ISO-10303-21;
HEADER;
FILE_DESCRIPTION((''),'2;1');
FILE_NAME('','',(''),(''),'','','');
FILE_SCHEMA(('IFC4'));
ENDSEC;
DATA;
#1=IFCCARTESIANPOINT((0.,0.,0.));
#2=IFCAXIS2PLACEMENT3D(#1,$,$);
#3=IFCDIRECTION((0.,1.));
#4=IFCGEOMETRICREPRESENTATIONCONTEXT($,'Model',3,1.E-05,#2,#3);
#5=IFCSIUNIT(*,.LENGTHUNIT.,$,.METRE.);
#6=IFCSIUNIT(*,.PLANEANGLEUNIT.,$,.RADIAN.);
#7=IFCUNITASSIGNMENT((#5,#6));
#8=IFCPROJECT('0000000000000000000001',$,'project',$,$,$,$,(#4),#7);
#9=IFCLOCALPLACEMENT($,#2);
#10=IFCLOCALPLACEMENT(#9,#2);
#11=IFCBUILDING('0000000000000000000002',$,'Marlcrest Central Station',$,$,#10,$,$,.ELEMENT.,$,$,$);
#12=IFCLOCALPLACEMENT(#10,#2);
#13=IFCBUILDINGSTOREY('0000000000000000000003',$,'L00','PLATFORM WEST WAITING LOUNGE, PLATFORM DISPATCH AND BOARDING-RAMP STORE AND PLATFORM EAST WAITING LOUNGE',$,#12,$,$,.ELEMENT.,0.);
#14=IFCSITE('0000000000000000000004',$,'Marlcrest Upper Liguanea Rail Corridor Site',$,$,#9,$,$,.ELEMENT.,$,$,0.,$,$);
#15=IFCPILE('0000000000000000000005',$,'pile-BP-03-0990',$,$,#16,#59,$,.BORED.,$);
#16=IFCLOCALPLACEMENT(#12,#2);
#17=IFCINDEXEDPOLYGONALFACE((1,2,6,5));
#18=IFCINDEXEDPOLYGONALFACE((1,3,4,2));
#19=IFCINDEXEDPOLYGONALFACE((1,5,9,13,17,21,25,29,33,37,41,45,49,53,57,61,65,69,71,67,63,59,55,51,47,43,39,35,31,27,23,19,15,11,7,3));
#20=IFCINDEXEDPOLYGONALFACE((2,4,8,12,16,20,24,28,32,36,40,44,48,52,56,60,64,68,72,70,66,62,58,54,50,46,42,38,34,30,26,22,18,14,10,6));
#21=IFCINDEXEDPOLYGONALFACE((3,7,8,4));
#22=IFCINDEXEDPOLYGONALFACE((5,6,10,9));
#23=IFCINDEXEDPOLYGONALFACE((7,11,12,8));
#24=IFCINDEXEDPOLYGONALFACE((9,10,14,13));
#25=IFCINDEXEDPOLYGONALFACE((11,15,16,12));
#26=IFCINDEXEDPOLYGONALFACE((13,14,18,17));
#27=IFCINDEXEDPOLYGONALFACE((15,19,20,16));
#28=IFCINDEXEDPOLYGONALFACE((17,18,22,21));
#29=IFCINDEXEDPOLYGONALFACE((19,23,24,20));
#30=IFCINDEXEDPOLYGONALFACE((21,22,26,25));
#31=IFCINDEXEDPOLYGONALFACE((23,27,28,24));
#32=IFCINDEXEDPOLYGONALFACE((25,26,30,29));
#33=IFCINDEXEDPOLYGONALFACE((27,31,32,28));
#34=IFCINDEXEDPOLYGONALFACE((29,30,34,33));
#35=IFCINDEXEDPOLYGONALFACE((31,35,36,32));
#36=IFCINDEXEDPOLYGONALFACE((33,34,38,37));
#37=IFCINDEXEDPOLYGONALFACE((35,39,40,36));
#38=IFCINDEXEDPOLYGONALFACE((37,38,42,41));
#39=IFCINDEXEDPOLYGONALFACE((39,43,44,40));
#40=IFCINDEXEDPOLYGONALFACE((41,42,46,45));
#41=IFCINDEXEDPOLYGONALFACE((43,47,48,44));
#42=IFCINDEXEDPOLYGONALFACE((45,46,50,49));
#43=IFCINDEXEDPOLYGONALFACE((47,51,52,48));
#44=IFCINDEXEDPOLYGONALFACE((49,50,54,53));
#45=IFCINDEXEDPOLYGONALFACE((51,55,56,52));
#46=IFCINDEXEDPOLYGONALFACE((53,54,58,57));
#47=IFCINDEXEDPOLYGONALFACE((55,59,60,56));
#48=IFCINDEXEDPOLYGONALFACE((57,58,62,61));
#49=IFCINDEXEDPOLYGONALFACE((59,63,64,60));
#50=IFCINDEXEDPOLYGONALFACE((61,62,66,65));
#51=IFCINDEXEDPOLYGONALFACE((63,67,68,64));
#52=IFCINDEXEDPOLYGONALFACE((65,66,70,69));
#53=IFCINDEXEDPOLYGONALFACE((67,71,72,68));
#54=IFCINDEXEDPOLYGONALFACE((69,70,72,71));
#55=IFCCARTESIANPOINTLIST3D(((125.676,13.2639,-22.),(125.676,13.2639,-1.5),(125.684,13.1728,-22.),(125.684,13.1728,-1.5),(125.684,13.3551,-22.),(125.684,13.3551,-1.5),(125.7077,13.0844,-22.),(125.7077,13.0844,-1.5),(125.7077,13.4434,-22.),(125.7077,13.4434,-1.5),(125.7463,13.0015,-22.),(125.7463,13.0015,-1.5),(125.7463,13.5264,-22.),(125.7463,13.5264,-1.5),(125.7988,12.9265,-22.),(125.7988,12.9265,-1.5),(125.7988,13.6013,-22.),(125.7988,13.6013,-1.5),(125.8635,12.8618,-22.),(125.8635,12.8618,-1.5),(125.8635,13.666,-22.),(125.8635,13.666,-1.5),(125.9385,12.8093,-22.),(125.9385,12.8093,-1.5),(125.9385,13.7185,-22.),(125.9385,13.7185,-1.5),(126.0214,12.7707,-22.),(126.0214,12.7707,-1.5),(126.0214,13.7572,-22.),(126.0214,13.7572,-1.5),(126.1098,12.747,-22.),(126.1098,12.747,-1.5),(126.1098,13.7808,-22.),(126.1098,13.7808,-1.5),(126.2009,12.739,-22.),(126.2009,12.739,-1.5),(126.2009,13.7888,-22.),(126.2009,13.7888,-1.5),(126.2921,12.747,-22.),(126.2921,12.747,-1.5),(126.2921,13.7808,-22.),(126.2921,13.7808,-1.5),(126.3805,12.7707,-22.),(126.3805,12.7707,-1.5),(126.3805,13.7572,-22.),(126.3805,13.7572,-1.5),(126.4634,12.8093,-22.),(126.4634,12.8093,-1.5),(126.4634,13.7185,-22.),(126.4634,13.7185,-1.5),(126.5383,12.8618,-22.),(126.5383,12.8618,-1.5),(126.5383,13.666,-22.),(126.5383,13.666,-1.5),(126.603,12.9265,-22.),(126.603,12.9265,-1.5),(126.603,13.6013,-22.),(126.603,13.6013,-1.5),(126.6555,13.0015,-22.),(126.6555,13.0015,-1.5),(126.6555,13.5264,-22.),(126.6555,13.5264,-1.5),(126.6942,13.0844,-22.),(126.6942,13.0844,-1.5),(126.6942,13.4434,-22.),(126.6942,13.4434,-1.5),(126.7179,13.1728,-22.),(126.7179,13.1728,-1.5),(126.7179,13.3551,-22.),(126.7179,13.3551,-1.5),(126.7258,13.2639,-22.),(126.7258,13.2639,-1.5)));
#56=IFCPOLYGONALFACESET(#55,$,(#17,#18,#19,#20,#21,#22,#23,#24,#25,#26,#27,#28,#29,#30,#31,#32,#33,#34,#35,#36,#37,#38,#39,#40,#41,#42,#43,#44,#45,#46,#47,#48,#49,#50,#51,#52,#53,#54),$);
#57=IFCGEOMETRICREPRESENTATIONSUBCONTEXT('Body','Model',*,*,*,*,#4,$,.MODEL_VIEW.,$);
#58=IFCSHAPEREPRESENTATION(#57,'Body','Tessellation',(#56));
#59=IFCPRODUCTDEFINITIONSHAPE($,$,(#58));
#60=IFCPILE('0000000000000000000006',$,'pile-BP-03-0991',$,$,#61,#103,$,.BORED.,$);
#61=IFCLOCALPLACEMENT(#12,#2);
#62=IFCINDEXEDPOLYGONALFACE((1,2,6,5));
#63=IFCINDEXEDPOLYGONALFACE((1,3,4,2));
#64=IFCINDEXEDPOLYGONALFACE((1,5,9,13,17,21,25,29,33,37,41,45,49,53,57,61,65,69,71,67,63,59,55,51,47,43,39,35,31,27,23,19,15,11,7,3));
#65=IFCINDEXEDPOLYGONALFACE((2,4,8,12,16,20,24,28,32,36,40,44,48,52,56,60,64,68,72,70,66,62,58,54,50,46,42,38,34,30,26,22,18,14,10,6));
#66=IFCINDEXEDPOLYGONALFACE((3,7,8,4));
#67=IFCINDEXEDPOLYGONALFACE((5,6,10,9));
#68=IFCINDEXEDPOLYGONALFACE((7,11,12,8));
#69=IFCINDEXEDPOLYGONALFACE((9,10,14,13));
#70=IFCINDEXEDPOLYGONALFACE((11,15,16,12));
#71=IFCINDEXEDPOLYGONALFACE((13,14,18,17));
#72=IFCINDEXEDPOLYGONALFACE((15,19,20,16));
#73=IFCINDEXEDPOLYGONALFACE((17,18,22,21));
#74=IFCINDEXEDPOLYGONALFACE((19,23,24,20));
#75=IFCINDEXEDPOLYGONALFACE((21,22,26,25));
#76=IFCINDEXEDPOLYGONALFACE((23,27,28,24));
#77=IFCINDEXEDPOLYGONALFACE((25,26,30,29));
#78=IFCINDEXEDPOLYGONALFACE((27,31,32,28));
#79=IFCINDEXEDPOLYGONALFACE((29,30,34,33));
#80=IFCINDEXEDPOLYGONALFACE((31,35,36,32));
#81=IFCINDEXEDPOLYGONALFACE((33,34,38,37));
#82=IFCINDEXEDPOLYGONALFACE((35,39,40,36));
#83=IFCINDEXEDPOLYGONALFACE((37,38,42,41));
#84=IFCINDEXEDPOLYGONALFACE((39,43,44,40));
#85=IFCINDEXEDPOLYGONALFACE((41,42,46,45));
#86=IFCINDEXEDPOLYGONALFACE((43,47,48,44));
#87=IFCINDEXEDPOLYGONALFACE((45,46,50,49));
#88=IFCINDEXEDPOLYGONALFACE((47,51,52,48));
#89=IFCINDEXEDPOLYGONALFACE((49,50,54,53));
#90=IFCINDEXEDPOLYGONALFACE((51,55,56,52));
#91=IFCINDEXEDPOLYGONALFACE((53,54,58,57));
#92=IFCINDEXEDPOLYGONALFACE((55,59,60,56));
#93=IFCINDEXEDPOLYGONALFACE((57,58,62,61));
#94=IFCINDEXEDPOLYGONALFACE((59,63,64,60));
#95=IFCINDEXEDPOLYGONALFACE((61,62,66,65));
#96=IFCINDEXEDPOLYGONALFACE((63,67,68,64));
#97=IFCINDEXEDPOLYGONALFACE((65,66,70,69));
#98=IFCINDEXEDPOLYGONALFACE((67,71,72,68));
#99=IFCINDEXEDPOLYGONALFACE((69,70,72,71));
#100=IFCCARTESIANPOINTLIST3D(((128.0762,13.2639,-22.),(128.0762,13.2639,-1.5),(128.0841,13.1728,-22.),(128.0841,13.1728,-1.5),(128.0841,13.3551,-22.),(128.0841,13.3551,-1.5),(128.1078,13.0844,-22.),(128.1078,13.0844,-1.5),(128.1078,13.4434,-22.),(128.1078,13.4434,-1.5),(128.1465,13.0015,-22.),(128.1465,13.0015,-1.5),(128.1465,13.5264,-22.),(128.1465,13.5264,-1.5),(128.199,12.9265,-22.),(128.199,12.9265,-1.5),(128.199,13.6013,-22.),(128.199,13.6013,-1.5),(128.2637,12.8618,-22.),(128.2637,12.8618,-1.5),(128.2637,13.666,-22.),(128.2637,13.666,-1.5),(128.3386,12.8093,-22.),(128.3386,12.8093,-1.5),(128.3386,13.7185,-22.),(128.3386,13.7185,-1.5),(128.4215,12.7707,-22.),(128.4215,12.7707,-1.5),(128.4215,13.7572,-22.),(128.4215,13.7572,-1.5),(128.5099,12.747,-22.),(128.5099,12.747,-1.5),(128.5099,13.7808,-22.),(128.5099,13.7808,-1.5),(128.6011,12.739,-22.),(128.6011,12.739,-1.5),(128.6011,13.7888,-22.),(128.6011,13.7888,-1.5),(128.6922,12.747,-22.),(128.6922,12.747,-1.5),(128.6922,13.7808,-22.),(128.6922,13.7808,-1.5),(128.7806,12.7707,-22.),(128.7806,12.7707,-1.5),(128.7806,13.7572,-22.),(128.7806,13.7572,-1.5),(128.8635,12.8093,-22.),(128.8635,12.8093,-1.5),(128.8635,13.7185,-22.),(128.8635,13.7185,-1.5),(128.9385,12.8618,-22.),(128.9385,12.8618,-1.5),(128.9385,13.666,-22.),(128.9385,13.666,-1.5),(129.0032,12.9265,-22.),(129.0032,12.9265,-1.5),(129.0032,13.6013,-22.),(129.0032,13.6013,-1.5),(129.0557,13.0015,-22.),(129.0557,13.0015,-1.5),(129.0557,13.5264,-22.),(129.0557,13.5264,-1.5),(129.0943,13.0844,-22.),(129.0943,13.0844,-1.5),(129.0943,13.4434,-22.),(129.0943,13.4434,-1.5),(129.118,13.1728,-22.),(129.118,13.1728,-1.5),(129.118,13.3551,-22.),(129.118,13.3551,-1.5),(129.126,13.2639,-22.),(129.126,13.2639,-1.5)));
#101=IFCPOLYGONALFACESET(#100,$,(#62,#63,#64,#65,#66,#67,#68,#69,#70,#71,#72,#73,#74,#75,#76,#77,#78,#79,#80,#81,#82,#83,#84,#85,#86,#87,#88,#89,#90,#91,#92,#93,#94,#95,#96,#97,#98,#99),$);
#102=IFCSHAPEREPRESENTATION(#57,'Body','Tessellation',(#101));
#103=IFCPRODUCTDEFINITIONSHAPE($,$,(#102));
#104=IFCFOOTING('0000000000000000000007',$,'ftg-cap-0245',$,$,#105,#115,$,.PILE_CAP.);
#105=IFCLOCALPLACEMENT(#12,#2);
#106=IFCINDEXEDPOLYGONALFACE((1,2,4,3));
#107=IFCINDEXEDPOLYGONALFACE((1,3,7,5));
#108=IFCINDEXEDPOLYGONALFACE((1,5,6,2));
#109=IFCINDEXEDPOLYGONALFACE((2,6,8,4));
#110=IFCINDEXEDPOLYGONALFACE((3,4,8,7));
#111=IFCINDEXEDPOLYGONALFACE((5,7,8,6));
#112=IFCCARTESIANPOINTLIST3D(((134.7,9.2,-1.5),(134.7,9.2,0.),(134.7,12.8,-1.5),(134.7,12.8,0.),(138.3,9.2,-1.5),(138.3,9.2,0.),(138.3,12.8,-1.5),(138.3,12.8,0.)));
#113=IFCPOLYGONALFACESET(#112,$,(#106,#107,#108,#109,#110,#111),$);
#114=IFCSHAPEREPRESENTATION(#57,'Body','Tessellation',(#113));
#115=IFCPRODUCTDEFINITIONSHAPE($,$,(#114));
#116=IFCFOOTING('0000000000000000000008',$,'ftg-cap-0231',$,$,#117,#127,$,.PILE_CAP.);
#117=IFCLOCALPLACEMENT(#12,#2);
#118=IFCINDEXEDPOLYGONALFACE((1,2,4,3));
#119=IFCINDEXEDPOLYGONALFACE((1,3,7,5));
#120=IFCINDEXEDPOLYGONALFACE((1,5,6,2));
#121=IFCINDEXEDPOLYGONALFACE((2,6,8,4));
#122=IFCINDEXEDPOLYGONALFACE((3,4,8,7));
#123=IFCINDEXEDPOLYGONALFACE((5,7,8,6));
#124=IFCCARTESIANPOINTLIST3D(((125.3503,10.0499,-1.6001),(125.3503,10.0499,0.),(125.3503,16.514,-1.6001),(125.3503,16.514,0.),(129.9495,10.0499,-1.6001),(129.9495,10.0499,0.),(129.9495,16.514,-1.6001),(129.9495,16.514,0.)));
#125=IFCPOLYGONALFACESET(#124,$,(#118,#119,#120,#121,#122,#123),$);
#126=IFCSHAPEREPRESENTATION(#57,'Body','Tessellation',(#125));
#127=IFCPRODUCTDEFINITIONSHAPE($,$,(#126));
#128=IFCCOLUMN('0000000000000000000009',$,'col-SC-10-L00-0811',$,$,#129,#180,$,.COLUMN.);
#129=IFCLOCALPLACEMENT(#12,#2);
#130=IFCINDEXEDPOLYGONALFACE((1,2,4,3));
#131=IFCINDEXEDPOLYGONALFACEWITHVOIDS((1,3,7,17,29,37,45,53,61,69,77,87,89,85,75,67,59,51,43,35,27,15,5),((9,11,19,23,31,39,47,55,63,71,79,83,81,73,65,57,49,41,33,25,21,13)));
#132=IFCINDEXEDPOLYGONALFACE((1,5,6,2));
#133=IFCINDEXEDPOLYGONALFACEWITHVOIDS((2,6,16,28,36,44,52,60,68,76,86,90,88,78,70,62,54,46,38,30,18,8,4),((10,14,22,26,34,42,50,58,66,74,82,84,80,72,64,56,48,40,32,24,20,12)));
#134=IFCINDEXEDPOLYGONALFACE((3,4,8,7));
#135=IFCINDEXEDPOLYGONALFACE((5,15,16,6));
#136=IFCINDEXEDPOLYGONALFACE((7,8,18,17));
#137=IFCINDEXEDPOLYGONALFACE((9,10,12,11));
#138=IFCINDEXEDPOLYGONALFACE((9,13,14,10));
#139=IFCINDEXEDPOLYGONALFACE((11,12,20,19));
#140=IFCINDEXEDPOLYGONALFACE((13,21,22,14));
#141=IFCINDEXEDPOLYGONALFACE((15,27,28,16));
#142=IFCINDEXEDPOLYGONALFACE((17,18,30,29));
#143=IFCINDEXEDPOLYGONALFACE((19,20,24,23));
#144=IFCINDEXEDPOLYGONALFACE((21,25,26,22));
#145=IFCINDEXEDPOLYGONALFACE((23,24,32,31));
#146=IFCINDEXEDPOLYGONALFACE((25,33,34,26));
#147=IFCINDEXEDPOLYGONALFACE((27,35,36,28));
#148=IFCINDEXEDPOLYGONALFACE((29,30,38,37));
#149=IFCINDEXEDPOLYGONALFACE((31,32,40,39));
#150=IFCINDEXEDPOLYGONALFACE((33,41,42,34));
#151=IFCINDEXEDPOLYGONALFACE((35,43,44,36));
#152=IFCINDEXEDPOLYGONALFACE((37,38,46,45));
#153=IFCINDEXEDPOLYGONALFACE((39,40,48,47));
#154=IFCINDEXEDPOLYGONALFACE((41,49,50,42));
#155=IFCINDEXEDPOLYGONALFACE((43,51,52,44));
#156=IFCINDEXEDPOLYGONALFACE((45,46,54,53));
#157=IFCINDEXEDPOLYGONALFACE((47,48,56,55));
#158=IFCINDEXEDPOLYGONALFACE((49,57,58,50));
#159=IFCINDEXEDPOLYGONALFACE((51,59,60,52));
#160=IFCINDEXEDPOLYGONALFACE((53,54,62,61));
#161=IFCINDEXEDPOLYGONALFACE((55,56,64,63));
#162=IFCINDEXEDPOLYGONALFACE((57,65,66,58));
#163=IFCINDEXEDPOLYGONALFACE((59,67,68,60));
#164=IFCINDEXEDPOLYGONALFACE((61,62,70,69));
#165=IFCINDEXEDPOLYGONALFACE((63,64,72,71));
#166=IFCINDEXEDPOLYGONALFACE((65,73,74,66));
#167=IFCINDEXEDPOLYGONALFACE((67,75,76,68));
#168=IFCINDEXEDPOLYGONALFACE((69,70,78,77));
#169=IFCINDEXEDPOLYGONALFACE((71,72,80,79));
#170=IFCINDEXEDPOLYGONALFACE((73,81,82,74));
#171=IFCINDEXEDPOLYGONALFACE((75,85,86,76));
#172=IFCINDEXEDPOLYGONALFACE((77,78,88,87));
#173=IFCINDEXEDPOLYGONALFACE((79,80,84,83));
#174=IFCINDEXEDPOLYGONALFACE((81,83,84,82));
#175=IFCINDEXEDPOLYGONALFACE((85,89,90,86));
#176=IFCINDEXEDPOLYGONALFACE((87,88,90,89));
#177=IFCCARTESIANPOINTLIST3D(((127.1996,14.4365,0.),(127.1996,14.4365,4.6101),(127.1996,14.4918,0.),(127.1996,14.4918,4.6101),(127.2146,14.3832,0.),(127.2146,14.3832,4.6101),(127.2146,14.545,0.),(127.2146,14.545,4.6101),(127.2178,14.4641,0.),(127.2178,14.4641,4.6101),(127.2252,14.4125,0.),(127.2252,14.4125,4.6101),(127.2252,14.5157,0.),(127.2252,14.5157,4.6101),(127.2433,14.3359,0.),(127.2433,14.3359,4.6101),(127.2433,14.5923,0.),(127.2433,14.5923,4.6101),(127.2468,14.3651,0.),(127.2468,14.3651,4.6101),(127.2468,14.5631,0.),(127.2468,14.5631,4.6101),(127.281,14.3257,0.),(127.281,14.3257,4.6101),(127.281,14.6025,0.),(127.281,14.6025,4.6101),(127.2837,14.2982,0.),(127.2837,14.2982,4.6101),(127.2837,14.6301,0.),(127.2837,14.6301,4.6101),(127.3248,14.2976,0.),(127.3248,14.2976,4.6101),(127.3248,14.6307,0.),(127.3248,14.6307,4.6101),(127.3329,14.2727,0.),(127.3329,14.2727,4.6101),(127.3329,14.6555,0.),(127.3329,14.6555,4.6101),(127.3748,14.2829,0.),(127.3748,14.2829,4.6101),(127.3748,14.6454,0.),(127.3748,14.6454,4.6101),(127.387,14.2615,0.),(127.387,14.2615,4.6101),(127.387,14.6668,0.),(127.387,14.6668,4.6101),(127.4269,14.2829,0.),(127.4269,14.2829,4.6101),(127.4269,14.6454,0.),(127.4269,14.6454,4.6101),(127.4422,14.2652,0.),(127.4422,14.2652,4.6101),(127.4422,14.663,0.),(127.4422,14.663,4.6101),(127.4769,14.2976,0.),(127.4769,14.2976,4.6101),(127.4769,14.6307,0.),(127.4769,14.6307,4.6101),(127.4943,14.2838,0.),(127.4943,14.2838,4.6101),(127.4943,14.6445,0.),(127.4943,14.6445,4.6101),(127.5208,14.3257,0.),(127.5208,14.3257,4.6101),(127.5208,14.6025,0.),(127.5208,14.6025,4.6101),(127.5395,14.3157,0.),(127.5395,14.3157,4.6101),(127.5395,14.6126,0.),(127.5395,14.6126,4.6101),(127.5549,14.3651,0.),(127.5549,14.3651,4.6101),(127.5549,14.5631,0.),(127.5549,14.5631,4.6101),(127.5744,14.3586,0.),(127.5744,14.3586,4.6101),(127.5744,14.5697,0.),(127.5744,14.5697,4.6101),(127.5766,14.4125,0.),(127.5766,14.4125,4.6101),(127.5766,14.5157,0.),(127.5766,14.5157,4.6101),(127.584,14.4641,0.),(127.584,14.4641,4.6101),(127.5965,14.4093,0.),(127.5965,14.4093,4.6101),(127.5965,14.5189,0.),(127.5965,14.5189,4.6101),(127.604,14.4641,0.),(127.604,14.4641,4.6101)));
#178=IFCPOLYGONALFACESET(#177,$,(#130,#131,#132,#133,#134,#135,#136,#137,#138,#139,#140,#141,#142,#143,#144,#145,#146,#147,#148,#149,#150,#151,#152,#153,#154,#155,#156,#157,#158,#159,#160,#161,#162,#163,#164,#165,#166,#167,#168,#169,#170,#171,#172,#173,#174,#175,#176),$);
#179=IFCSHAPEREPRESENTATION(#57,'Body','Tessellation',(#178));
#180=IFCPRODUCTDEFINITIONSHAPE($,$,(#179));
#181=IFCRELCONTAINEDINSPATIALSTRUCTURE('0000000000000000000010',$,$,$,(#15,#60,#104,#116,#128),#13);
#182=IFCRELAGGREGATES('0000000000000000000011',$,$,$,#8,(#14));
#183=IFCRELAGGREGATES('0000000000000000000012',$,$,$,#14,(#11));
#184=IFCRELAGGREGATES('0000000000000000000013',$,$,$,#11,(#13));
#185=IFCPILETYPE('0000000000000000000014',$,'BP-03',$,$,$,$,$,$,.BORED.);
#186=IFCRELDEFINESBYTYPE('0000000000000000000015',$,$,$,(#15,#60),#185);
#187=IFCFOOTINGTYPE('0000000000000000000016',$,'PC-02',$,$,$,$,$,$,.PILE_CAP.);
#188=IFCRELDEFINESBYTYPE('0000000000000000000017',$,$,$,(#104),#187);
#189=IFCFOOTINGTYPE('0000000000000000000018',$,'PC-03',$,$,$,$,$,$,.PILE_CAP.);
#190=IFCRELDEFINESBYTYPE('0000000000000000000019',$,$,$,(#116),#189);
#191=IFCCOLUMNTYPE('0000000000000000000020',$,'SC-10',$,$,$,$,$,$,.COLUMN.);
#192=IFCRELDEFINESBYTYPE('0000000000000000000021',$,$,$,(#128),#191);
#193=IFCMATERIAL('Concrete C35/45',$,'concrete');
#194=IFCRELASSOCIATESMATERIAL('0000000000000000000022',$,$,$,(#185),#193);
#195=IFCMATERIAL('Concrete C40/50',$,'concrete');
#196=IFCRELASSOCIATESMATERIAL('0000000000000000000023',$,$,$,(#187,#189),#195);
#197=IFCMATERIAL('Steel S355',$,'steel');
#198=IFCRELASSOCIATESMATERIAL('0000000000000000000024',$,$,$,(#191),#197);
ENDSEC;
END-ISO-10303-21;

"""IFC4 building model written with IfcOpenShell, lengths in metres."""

from ifc_helpers import new_model, si_unit, direction, frame, origin, origin_2d, place, context, subcontext, project, spatial, rectangle, circle, hollow_circle, extrude, material, material_profile, profile_set, type_object, element, save


model = new_model("IFC4")

# Units and contexts
model_context = context("Model", 3, precision=1e-05, world=origin(), true_north=direction((0.0, 1.0)))
body_context = subcontext(model_context, "Body", "Model", "MODEL_VIEW")
ifc_project = project(units=[si_unit("LENGTHUNIT", "METRE"), si_unit("PLANEANGLEUNIT", "RADIAN")], contexts=[model_context])

# Site, building, storey
site_placement = place(None, origin())
site = spatial("IfcSite", under=ifc_project, at=site_placement, Name="Marlcrest Upper Liguanea Rail Corridor Site", CompositionType="ELEMENT", RefElevation=0.0)
building_placement = place(site_placement, origin())
building = spatial("IfcBuilding", under=site, at=building_placement, Name="Marlcrest Central Station", CompositionType="ELEMENT")
storey_placement = place(building_placement, origin())
storey = spatial("IfcBuildingStorey", under=building, at=storey_placement, Name="L00", Description="PLATFORM WEST WAITING LOUNGE, PLATFORM DISPATCH AND BOARDING-RAMP STORE AND PLATFORM EAST WAITING LOUNGE", CompositionType="ELEMENT", Elevation=0.0)

# Piles
ifc_material_1 = material(Name="Concrete C35/45", Category="concrete")
ifc_material_profile_1 = material_profile(ifc_material_1, circle(Radius=0.5249, at=origin_2d()), Name="PILE D1050")
ifc_profile_set_1 = profile_set([ifc_material_profile_1], Name="Concrete C35/45")
pile_type_1 = type_object("IfcPileType", Name="BP-03", PredefinedType="BORED", material=ifc_profile_set_1)
for number, where, z_axis, x_axis, name in (
    (1, (126.2009, 13.2639, -1.5), (0.0, 0.0, -1.0), (1.0, 0.0, 0.0), "pile-BP-03-0990"),
    (2, (128.6011, 13.2639, -1.5), (0.0, 0.0, -1.0), (1.0, 0.0, 0.0), "pile-BP-03-0991"),
):
    element("IfcPile", number, at=place(storey_placement, frame(where, z_axis=z_axis, x_axis=x_axis)), inside=storey, type_object=pile_type_1, Name=name, PredefinedType="BORED", context=body_context, shape_type="SweptSolid", body=[
        extrude(circle(Radius=0.5249, at=origin_2d()), origin(), (0.0, 0.0, 1.0), 20.5),
    ])

# Footings
ifc_material_2 = material(Name="Concrete C40/50", Category="concrete")
footing_type_1 = type_object("IfcFootingType", Name="PC-02", PredefinedType="PILE_CAP", material=ifc_material_2)
footing_1_placement = place(storey_placement, frame((136.5, 11.0, -1.5), z_axis=(0.0, 0.0, 1.0), x_axis=(1.0, 0.0, 0.0)))
element("IfcFooting", 3, at=footing_1_placement, inside=storey, type_object=footing_type_1, Name="ftg-cap-0245", PredefinedType="PILE_CAP", context=body_context, shape_type="SweptSolid", body=[
    extrude(rectangle(XDim=3.6001, YDim=3.6001, at=origin_2d()), origin(), (0.0, 0.0, 1.0), 1.5),
])
footing_type_2 = type_object("IfcFootingType", Name="PC-03", PredefinedType="PILE_CAP", material=ifc_material_2)
footing_2_placement = place(storey_placement, frame((127.6499, 13.282, -1.6001), z_axis=(0.0, 0.0, 1.0), x_axis=(1.0, 0.0, 0.0)))
element("IfcFooting", 4, at=footing_2_placement, inside=storey, type_object=footing_type_2, Name="ftg-cap-0231", PredefinedType="PILE_CAP", context=body_context, shape_type="SweptSolid", body=[
    extrude(rectangle(XDim=4.5991, YDim=6.4641, at=origin_2d()), origin(), (0.0, 0.0, 1.0), 1.6001),
])

# Column
ifc_material_3 = material(Name="Steel S355", Category="steel")
ifc_material_profile_2 = material_profile(ifc_material_3, hollow_circle(Radius=0.2031, WallThickness=0.02, at=origin_2d()), Name="CHS 406.4x20")
ifc_profile_set_2 = profile_set([ifc_material_profile_2], Name="Steel S355")
column_type = type_object("IfcColumnType", Name="SC-10", PredefinedType="COLUMN", material=ifc_profile_set_2)
column_placement = place(storey_placement, frame((127.4009, 14.4641, 0.0), z_axis=(0.0, 0.0, 1.0), x_axis=(1.0, 0.0, 0.0)))
element("IfcColumn", 5, at=column_placement, inside=storey, type_object=column_type, Name="col-SC-10-L00-0811", PredefinedType="COLUMN", context=body_context, shape_type="SweptSolid", body=[
    extrude(hollow_circle(Radius=0.2031, WallThickness=0.02, at=origin_2d()), origin(), (0.0, 0.0, 1.0), 4.6101),
])

save(model, "model.ifc")
